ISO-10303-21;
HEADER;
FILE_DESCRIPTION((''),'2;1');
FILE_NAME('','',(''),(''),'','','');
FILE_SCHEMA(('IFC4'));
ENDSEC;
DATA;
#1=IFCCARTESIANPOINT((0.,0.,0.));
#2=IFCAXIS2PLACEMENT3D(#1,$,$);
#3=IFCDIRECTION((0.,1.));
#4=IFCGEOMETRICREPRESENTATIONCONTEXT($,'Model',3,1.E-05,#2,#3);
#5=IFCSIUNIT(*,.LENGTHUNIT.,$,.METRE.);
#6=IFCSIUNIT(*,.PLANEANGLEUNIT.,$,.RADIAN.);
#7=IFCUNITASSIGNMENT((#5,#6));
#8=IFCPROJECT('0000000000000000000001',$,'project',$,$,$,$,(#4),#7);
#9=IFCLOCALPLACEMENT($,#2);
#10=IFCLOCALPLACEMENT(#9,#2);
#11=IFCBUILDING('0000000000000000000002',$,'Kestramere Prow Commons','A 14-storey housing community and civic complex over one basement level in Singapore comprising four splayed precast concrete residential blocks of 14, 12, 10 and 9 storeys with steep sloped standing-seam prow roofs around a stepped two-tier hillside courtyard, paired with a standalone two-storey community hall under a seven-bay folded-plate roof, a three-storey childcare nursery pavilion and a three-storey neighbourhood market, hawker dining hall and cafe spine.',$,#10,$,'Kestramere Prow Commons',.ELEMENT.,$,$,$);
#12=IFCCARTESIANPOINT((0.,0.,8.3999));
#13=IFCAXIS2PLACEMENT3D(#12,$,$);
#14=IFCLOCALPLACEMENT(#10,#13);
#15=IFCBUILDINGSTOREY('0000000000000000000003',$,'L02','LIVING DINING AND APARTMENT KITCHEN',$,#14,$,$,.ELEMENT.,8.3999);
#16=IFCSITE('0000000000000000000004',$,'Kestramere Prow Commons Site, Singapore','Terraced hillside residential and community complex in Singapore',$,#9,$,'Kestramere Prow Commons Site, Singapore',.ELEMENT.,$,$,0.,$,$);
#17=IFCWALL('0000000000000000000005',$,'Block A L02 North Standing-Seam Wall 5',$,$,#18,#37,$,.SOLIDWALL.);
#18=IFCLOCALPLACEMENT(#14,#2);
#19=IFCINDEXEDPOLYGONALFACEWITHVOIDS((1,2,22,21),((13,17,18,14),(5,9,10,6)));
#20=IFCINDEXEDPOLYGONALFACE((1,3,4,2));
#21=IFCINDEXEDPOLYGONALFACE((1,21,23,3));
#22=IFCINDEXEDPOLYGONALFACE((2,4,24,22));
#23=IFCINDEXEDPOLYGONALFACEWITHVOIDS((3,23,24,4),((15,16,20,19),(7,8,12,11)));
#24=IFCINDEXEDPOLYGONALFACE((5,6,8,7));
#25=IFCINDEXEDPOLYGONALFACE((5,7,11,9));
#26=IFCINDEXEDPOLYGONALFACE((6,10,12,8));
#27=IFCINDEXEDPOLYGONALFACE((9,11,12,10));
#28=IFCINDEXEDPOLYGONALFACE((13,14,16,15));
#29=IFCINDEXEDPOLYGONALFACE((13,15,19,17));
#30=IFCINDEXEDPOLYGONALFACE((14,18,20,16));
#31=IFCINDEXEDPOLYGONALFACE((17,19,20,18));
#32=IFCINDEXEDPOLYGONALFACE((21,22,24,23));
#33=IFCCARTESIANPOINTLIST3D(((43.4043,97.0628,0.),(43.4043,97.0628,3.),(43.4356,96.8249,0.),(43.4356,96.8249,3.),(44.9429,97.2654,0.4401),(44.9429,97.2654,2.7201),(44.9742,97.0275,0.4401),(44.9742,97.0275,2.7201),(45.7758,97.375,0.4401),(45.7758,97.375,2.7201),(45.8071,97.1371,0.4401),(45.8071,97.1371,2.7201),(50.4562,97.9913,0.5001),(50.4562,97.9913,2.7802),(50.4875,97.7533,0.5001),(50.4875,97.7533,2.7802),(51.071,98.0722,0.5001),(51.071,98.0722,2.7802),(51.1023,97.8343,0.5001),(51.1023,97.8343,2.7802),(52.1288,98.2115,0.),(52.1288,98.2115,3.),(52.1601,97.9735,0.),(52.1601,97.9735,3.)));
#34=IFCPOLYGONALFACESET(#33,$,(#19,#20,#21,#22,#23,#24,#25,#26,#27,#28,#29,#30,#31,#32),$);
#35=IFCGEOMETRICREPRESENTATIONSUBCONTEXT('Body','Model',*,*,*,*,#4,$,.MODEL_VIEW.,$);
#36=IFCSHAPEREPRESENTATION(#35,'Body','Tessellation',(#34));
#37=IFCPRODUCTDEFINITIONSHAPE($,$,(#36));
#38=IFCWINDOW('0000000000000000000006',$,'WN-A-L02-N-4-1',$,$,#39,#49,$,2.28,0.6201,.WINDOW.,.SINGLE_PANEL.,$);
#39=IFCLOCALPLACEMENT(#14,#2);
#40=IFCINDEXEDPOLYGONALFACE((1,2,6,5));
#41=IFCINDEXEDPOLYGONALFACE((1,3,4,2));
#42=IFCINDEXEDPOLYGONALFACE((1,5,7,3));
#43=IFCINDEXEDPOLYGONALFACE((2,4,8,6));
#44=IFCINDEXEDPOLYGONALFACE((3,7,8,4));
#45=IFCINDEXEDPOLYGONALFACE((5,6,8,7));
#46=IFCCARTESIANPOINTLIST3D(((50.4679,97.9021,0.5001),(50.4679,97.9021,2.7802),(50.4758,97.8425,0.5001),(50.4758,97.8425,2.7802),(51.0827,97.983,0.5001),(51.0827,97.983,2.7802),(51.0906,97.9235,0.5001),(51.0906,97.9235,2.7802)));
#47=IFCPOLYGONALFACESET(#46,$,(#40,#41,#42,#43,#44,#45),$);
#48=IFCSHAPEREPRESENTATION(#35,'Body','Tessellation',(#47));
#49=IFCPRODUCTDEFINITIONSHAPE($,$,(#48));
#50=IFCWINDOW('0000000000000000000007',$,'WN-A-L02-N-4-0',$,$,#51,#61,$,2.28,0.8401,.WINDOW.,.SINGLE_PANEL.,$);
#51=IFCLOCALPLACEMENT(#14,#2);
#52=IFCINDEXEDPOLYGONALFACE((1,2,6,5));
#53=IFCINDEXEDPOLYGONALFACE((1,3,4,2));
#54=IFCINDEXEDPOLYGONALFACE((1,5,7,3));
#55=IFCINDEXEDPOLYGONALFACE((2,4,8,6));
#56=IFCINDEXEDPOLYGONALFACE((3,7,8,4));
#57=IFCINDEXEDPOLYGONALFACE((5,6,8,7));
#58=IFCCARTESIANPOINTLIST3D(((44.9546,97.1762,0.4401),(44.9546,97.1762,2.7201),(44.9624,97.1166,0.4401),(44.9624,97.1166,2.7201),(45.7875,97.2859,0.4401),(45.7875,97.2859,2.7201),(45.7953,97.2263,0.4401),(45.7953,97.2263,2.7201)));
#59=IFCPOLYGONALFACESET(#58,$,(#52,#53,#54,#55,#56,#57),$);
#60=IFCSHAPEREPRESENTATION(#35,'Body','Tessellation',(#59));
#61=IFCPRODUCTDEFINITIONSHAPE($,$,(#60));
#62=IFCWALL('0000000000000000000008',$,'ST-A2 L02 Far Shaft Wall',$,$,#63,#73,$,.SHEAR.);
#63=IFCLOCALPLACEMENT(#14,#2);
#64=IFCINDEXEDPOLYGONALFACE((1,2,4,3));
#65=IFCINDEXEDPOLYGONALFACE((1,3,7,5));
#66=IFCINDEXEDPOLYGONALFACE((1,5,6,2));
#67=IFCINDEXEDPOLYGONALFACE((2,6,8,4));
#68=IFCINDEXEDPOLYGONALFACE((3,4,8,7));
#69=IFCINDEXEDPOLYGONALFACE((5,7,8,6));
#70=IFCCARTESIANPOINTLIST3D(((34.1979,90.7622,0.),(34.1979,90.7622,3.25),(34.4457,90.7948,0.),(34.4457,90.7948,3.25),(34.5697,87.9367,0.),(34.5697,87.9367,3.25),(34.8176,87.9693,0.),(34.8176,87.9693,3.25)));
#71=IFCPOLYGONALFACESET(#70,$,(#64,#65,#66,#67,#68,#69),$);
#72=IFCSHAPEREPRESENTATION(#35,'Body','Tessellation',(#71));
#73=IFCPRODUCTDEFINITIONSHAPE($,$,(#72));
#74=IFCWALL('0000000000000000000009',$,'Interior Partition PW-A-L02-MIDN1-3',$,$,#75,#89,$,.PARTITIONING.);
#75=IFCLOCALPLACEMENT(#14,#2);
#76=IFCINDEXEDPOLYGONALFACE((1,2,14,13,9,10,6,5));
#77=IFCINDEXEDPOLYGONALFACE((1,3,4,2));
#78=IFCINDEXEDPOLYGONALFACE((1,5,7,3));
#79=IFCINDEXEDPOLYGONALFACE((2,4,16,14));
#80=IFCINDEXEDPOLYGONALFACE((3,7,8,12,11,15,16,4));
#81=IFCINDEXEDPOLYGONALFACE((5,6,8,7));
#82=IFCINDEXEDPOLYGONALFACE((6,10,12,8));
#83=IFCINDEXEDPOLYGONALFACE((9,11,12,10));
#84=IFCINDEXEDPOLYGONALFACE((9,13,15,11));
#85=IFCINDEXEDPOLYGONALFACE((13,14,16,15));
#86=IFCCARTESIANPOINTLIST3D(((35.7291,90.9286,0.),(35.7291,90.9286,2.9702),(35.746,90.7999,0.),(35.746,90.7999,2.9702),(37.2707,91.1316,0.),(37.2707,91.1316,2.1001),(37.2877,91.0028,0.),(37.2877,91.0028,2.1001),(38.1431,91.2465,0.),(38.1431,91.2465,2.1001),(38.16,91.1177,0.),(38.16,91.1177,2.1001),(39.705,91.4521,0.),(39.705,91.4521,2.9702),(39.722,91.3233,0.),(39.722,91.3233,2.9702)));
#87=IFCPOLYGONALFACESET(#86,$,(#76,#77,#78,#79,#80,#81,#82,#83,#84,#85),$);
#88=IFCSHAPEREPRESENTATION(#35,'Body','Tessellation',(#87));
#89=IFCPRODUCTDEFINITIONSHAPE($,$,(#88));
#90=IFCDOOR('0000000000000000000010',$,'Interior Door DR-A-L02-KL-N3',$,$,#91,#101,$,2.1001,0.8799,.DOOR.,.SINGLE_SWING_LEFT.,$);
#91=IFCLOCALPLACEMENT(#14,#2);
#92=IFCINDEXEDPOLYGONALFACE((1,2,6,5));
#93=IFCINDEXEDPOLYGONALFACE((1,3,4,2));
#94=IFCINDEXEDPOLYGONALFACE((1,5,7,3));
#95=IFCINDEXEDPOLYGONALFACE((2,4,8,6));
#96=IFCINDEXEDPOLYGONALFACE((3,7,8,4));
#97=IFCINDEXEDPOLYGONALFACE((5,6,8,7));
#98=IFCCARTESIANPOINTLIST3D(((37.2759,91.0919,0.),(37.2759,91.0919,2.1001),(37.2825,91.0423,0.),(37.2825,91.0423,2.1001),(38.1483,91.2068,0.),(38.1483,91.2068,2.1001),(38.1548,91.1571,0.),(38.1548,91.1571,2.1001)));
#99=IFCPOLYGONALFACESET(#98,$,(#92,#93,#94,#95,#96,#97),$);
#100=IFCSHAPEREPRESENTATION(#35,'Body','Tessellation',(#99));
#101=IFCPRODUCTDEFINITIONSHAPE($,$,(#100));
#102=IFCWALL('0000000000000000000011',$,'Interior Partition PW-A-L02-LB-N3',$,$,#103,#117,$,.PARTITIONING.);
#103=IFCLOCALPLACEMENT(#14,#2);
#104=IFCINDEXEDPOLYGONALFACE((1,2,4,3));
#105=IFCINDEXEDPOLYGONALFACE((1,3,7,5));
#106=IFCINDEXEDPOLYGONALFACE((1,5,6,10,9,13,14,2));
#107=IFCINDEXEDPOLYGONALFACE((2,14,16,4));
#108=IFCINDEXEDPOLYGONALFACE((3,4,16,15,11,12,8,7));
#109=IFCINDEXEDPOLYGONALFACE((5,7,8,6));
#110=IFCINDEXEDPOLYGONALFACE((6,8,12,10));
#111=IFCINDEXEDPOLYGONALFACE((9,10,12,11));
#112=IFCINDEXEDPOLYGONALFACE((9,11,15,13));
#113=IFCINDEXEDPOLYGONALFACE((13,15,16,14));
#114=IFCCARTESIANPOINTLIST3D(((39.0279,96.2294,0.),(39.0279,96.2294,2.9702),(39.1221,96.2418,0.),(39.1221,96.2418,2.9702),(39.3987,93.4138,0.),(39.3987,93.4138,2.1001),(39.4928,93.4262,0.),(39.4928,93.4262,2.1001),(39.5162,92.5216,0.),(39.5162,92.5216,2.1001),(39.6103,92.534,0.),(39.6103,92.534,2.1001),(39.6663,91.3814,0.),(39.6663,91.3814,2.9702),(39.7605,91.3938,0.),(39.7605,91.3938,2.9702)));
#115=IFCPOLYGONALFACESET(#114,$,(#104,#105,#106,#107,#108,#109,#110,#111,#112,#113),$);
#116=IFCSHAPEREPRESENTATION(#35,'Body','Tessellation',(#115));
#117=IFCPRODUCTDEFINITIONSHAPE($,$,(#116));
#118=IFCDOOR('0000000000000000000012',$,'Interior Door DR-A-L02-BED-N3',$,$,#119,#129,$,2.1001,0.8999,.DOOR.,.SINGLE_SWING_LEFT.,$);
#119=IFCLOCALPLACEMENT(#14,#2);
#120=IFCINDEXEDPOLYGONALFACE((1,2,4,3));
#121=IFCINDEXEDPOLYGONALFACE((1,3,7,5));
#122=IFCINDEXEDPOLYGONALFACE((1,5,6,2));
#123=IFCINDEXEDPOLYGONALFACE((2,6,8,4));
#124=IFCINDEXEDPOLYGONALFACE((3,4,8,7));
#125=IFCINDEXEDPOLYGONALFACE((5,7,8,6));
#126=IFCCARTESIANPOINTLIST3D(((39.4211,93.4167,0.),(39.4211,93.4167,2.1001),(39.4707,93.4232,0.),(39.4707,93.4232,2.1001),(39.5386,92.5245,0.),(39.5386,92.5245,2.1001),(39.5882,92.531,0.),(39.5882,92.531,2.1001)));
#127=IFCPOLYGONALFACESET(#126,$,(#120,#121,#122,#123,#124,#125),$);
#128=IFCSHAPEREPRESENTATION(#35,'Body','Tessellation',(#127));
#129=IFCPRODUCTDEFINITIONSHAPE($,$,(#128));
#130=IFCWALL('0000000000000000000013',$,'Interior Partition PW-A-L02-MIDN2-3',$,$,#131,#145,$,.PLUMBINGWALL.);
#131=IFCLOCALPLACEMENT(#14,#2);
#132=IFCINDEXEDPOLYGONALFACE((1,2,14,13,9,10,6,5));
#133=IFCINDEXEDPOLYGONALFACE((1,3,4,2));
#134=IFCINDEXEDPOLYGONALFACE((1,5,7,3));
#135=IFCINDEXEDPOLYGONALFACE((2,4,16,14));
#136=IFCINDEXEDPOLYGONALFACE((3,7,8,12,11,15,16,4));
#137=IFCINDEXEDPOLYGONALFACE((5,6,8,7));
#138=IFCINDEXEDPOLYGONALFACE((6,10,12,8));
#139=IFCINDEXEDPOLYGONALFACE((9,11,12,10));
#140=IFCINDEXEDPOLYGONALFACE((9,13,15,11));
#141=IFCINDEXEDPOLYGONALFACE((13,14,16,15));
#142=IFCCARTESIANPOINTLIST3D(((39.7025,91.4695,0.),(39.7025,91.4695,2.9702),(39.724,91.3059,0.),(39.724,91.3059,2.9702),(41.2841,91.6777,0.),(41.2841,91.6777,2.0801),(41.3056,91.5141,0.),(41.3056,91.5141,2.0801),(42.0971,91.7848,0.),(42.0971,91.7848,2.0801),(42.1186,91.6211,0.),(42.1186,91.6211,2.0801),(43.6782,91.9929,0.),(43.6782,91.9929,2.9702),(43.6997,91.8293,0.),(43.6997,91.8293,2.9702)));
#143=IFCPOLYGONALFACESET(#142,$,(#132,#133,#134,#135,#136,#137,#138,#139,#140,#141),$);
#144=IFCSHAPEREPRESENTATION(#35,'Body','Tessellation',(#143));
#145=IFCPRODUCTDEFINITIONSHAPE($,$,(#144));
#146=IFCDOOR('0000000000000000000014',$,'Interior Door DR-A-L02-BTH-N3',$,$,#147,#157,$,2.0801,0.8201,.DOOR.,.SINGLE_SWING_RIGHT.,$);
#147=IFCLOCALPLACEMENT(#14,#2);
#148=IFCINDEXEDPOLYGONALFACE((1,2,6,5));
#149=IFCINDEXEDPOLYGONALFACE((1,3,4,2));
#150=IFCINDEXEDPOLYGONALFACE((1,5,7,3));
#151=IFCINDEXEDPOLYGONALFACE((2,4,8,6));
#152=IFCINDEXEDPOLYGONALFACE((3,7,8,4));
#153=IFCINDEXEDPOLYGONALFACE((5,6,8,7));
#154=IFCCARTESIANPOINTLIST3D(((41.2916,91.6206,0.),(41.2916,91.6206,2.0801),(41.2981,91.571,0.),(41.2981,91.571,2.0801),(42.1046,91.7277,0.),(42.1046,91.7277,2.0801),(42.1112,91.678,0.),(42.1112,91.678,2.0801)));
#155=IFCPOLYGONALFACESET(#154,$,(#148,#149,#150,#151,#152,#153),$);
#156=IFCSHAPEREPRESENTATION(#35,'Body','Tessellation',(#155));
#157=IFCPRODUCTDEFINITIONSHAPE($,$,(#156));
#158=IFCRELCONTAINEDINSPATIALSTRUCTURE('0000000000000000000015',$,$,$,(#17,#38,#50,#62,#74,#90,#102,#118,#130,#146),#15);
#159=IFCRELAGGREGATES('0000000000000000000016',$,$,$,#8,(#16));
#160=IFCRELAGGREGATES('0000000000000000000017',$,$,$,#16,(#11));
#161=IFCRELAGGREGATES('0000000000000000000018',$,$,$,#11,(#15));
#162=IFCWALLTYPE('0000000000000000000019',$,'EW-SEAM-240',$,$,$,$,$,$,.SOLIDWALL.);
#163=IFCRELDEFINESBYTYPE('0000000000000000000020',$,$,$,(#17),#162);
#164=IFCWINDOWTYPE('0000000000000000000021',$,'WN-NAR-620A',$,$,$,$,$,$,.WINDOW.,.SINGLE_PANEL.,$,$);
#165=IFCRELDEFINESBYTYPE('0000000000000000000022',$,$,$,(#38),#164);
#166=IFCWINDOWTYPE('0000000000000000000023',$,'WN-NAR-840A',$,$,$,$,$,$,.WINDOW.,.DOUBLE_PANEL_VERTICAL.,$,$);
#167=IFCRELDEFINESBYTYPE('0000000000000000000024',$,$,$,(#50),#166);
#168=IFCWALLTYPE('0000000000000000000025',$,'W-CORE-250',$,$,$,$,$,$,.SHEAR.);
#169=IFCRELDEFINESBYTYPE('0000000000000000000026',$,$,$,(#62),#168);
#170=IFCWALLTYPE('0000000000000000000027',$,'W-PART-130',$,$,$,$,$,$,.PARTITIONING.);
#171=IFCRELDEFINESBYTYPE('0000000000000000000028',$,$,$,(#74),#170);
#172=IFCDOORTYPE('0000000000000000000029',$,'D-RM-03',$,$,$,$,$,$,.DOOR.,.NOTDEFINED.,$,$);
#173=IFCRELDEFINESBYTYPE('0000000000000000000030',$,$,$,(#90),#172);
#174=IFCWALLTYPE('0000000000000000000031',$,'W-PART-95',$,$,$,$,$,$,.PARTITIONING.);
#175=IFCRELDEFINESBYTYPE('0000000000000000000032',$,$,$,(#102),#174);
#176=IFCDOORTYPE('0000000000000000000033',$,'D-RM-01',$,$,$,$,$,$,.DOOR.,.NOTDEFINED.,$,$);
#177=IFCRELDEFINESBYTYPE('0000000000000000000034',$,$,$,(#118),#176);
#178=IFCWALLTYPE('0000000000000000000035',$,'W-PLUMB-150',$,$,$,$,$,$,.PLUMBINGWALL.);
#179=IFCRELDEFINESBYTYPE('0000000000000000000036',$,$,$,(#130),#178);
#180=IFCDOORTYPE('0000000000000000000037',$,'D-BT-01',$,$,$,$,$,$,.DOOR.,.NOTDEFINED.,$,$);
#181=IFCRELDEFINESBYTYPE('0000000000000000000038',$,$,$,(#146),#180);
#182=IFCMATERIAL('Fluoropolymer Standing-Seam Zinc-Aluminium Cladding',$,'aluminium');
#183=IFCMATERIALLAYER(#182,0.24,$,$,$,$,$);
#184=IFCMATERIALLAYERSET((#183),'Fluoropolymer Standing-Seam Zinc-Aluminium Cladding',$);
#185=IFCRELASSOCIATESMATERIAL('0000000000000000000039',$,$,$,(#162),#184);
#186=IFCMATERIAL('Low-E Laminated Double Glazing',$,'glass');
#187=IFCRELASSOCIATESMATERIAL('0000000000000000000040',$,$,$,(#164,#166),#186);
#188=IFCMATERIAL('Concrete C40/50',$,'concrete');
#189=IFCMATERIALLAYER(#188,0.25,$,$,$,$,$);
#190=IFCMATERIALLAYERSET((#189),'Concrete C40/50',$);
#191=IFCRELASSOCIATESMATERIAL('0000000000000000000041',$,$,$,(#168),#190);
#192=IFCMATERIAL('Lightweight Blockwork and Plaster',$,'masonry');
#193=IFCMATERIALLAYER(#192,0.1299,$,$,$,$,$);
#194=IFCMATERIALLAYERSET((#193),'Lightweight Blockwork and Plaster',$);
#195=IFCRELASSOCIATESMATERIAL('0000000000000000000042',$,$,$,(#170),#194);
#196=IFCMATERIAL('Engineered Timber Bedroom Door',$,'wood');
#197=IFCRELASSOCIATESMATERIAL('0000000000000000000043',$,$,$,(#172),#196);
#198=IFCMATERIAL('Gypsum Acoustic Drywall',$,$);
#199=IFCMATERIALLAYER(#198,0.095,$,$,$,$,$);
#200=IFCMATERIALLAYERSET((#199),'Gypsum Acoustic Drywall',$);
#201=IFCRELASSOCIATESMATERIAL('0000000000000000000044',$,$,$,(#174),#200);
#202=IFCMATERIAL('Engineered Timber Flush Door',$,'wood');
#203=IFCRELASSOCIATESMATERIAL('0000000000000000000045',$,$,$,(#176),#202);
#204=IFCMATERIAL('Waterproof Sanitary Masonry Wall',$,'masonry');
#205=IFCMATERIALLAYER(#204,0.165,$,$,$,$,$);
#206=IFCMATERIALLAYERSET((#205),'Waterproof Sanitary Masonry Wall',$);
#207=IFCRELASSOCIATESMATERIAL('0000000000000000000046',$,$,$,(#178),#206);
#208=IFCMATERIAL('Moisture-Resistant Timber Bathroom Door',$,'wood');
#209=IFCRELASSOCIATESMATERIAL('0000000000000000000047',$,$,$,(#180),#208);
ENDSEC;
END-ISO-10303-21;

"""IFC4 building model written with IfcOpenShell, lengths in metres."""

from ifc_helpers import new_model, si_unit, direction, frame, frame_2d, origin, place, context, subcontext, project, spatial, rectangle, extrude, material, layer, layer_set, type_object, element, fill, save


model = new_model("IFC4")

# Units and contexts
model_context = context("Model", 3, precision=1e-05, world=origin(), true_north=direction((0.0, 1.0)))
body_context = subcontext(model_context, "Body", "Model", "MODEL_VIEW")
ifc_project = project(units=[si_unit("LENGTHUNIT", "METRE"), si_unit("PLANEANGLEUNIT", "RADIAN")], contexts=[model_context])

# Site, building, storey
site_placement = place(None, origin())
site = spatial("IfcSite", under=ifc_project, at=site_placement, Name="Kestramere Prow Commons Site, Singapore", Description="Terraced hillside residential and community complex in Singapore", LongName="Kestramere Prow Commons Site, Singapore", CompositionType="ELEMENT", RefElevation=0.0)
building_placement = place(site_placement, origin())
building = spatial("IfcBuilding", under=site, at=building_placement, Name="Kestramere Prow Commons", Description="A 14-storey housing community and civic complex over one basement level in Singapore comprising four splayed precast concrete residential blocks of 14, 12, 10 and 9 storeys with steep sloped standing-seam prow roofs around a stepped two-tier hillside courtyard, paired with a standalone two-storey community hall under a seven-bay folded-plate roof, a three-storey childcare nursery pavilion and a three-storey neighbourhood market, hawker dining hall and cafe spine.", LongName="Kestramere Prow Commons", CompositionType="ELEMENT")
storey_placement = place(building_placement, frame((0.0, 0.0, 8.3999)))
storey = spatial("IfcBuildingStorey", under=building, at=storey_placement, Name="L02", Description="LIVING DINING AND APARTMENT KITCHEN", CompositionType="ELEMENT", Elevation=8.3999)

# Shared definitions
ifc_material_1 = material(Name="Concrete C40/50", Category="concrete")

# Wall, openings, windows
ifc_material_2 = material(Name="Fluoropolymer Standing-Seam Zinc-Aluminium Cladding", Category="aluminium")
ifc_layer_1 = layer(ifc_material_2, 0.24)
ifc_layer_set_1 = layer_set([ifc_layer_1], Name="Fluoropolymer Standing-Seam Zinc-Aluminium Cladding")
wall_type_1 = type_object("IfcWallType", Name="EW-SEAM-240", PredefinedType="SOLIDWALL", material=ifc_layer_set_1)
ifc_material_3 = material(Name="Low-E Laminated Double Glazing", Category="glass")
wall_1_placement = place(storey_placement, frame((43.4199, 96.9438, 0.0), z_axis=(0.0, 0.0, 1.0), x_axis=(0.991444, 0.130533, 0.0)))
wall_1 = element("IfcWall", 1, at=wall_1_placement, inside=storey, type_object=wall_type_1, Name="Block A L02 North Standing-Seam Wall 5", PredefinedType="SOLIDWALL", context=body_context, shape_type="SweptSolid", body=[
    extrude(rectangle(XDim=8.7998, YDim=0.24, at=frame_2d((4.3999, 0.0))), origin(), (0.0, 0.0, 1.0), 3.0),
])
opening_1_placement = place(wall_1_placement, frame((1.552, 0.0, 0.4399)))
opening_1 = element("IfcOpeningElement", 2, at=opening_1_placement, cuts=wall_1, PredefinedType="OPENING", context=body_context, shape_type="SweptSolid", body=[
    extrude(rectangle(XDim=0.8401, YDim=2.28, at=frame_2d((0.4199, 1.1401))), frame((0.0, 0.135, 0.0), z_axis=(0.0, -1.0, 0.0), x_axis=(1.0, 0.0, 0.0)), (0.0, 0.0, 1.0), 0.27),
])
opening_2_placement = place(wall_1_placement, frame((7.1128, 0.0, 0.5)))
opening_2 = element("IfcOpeningElement", 3, at=opening_2_placement, cuts=wall_1, PredefinedType="OPENING", context=body_context, shape_type="SweptSolid", body=[
    extrude(rectangle(XDim=0.6201, YDim=2.28, at=frame_2d((0.3101, 1.1401))), frame((0.0, 0.135, 0.0), z_axis=(0.0, -1.0, 0.0), x_axis=(1.0, 0.0, 0.0)), (0.0, 0.0, 1.0), 0.27),
])
window_type_1 = type_object("IfcWindowType", Name="WN-NAR-620A", PartitioningType="SINGLE_PANEL", PredefinedType="WINDOW", material=ifc_material_3)
window_1_placement = place(opening_2_placement, origin())
window_1 = element("IfcWindow", 4, at=window_1_placement, inside=storey, type_object=window_type_1, Name="WN-A-L02-N-4-1", OverallHeight=2.28, OverallWidth=0.6201, PartitioningType="SINGLE_PANEL", PredefinedType="WINDOW", context=body_context, shape_type="SweptSolid", body=[
    extrude(rectangle(XDim=0.6201, YDim=2.28, at=frame_2d((0.3101, 1.1401))), frame((0.0, 0.03, 0.0), z_axis=(0.0, -1.0, 0.0), x_axis=(1.0, 0.0, 0.0)), (0.0, 0.0, 1.0), 0.0601),
])
fill(opening_2, window_1)
window_type_2 = type_object("IfcWindowType", Name="WN-NAR-840A", PartitioningType="DOUBLE_PANEL_VERTICAL", PredefinedType="WINDOW", material=ifc_material_3)
window_2_placement = place(opening_1_placement, origin())
window_2 = element("IfcWindow", 5, at=window_2_placement, inside=storey, type_object=window_type_2, Name="WN-A-L02-N-4-0", OverallHeight=2.28, OverallWidth=0.8401, PartitioningType="SINGLE_PANEL", PredefinedType="WINDOW", context=body_context, shape_type="SweptSolid", body=[
    extrude(rectangle(XDim=0.8401, YDim=2.28, at=frame_2d((0.4199, 1.1401))), frame((0.0, 0.03, 0.0), z_axis=(0.0, -1.0, 0.0), x_axis=(1.0, 0.0, 0.0)), (0.0, 0.0, 1.0), 0.0601),
])
fill(opening_1, window_2)

# Wall
ifc_layer_2 = layer(ifc_material_1, 0.25)
ifc_layer_set_2 = layer_set([ifc_layer_2], Name="Concrete C40/50")
wall_type_2 = type_object("IfcWallType", Name="W-CORE-250", PredefinedType="SHEAR", material=ifc_layer_set_2)
wall_2_placement = place(storey_placement, frame((34.6936, 87.9531, 0.0), z_axis=(0.0, 0.0, 1.0), x_axis=(-0.130474, 0.991452, 0.0)))
element("IfcWall", 6, at=wall_2_placement, inside=storey, type_object=wall_type_2, Name="ST-A2 L02 Far Shaft Wall", PredefinedType="SHEAR", context=body_context, shape_type="SweptSolid", body=[
    extrude(rectangle(XDim=2.8499, YDim=0.25, at=frame_2d((1.4248, 0.0))), origin(), (0.0, 0.0, 1.0), 3.25),
])

# Walls, openings, doors
ifc_material_4 = material(Name="Lightweight Blockwork and Plaster", Category="masonry")
ifc_layer_3 = layer(ifc_material_4, 0.1299)
ifc_layer_set_3 = layer_set([ifc_layer_3], Name="Lightweight Blockwork and Plaster")
wall_type_3 = type_object("IfcWallType", Name="W-PART-130", PredefinedType="PARTITIONING", material=ifc_layer_set_3)
wall_3_placement = place(storey_placement, frame((35.7375, 90.8643, 0.0), z_axis=(0.0, 0.0, 1.0), x_axis=(0.991445, 0.130529, 0.0)))
wall_3 = element("IfcWall", 7, at=wall_3_placement, inside=storey, type_object=wall_type_3, Name="Interior Partition PW-A-L02-MIDN1-3", PredefinedType="PARTITIONING", context=body_context, shape_type="SweptSolid", body=[
    extrude(rectangle(XDim=4.0103, YDim=0.1299, at=frame_2d((2.0051, 0.0))), origin(), (0.0, 0.0, 1.0), 2.9702),
])
opening_3_placement = place(wall_3_placement, frame((1.5549, 0.0, 0.0)))
opening_3 = element("IfcOpeningElement", 8, at=opening_3_placement, cuts=wall_3, PredefinedType="OPENING", context=body_context, shape_type="SweptSolid", body=[
    extrude(rectangle(XDim=0.8799, YDim=2.1001, at=frame_2d((0.4399, 1.05))), frame((0.0, 0.0798, 0.0), z_axis=(0.0, -1.0, 0.0), x_axis=(1.0, 0.0, 0.0)), (0.0, 0.0, 1.0), 0.1599),
])
ifc_material_5 = material(Name="Engineered Timber Bedroom Door", Category="wood")
door_type_1 = type_object("IfcDoorType", Name="D-RM-03", OperationType="NOTDEFINED", PredefinedType="DOOR", material=ifc_material_5)
door_1_placement = place(opening_3_placement, origin())
door_1 = element("IfcDoor", 9, at=door_1_placement, inside=storey, type_object=door_type_1, Name="Interior Door DR-A-L02-KL-N3", OperationType="SINGLE_SWING_LEFT", OverallHeight=2.1001, OverallWidth=0.8799, PredefinedType="DOOR", context=body_context, shape_type="SweptSolid", body=[
    extrude(rectangle(XDim=0.8799, YDim=2.1001, at=frame_2d((0.4399, 1.05))), frame((0.0, 0.0249, 0.0), z_axis=(0.0, -1.0, 0.0), x_axis=(1.0, 0.0, 0.0)), (0.0, 0.0, 1.0), 0.05),
])
fill(opening_3, door_1)
ifc_material_6 = material(Name="Gypsum Acoustic Drywall")
ifc_layer_4 = layer(ifc_material_6, 0.095)
ifc_layer_set_4 = layer_set([ifc_layer_4], Name="Gypsum Acoustic Drywall")
wall_type_4 = type_object("IfcWallType", Name="W-PART-95", PredefinedType="PARTITIONING", material=ifc_layer_set_4)
wall_4_placement = place(storey_placement, frame((39.7134, 91.3877, 0.0), z_axis=(0.0, 0.0, 1.0), x_axis=(-0.130558, 0.991441, 0.0)))
wall_4 = element("IfcWall", 10, at=wall_4_placement, inside=storey, type_object=wall_type_4, Name="Interior Partition PW-A-L02-LB-N3", PredefinedType="PARTITIONING", context=body_context, shape_type="SweptSolid", body=[
    extrude(rectangle(XDim=4.8899, YDim=0.095, at=frame_2d((2.4448, 0.0))), origin(), (0.0, 0.0, 1.0), 2.9702),
])
opening_4_placement = place(wall_4_placement, frame((1.1499, 0.0, 0.0)))
opening_4 = element("IfcOpeningElement", 11, at=opening_4_placement, cuts=wall_4, PredefinedType="OPENING", context=body_context, shape_type="SweptSolid", body=[
    extrude(rectangle(XDim=0.8999, YDim=2.1001, at=frame_2d((0.45, 1.05))), frame((0.0, 0.0625, 0.0), z_axis=(0.0, -1.0, 0.0), x_axis=(1.0, 0.0, 0.0)), (0.0, 0.0, 1.0), 0.125),
])
ifc_material_7 = material(Name="Engineered Timber Flush Door", Category="wood")
door_type_2 = type_object("IfcDoorType", Name="D-RM-01", OperationType="NOTDEFINED", PredefinedType="DOOR", material=ifc_material_7)
door_2_placement = place(opening_4_placement, origin())
door_2 = element("IfcDoor", 12, at=door_2_placement, inside=storey, type_object=door_type_2, Name="Interior Door DR-A-L02-BED-N3", OperationType="SINGLE_SWING_LEFT", OverallHeight=2.1001, OverallWidth=0.8999, PredefinedType="DOOR", context=body_context, shape_type="SweptSolid", body=[
    extrude(rectangle(XDim=0.8999, YDim=2.1001, at=frame_2d((0.45, 1.05))), frame((0.0, 0.0249, 0.0), z_axis=(0.0, -1.0, 0.0), x_axis=(1.0, 0.0, 0.0)), (0.0, 0.0, 1.0), 0.05),
])
fill(opening_4, door_2)
ifc_material_8 = material(Name="Waterproof Sanitary Masonry Wall", Category="masonry")
ifc_layer_5 = layer(ifc_material_8, 0.165)
ifc_layer_set_5 = layer_set([ifc_layer_5], Name="Waterproof Sanitary Masonry Wall")
wall_type_5 = type_object("IfcWallType", Name="W-PLUMB-150", PredefinedType="PLUMBINGWALL", material=ifc_layer_set_5)
wall_5_placement = place(storey_placement, frame((39.7134, 91.3877, 0.0), z_axis=(0.0, 0.0, 1.0), x_axis=(0.991444, 0.130536, 0.0)))
wall_5 = element("IfcWall", 13, at=wall_5_placement, inside=storey, type_object=wall_type_5, Name="Interior Partition PW-A-L02-MIDN2-3", PredefinedType="PLUMBINGWALL", context=body_context, shape_type="SweptSolid", body=[
    extrude(rectangle(XDim=4.01, YDim=0.165, at=frame_2d((2.0049, 0.0))), origin(), (0.0, 0.0, 1.0), 2.9702),
])
opening_5_placement = place(wall_5_placement, frame((1.595, 0.0, 0.0)))
opening_5 = element("IfcOpeningElement", 14, at=opening_5_placement, cuts=wall_5, PredefinedType="OPENING", context=body_context, shape_type="SweptSolid", body=[
    extrude(rectangle(XDim=0.8201, YDim=2.0801, at=frame_2d((0.4102, 1.04))), frame((0.0, 0.0974, 0.0), z_axis=(0.0, -1.0, 0.0), x_axis=(1.0, 0.0, 0.0)), (0.0, 0.0, 1.0), 0.1951),
])
ifc_material_9 = material(Name="Moisture-Resistant Timber Bathroom Door", Category="wood")
door_type_3 = type_object("IfcDoorType", Name="D-BT-01", OperationType="NOTDEFINED", PredefinedType="DOOR", material=ifc_material_9)
door_3_placement = place(opening_5_placement, origin())
door_3 = element("IfcDoor", 15, at=door_3_placement, inside=storey, type_object=door_type_3, Name="Interior Door DR-A-L02-BTH-N3", OperationType="SINGLE_SWING_RIGHT", OverallHeight=2.0801, OverallWidth=0.8201, PredefinedType="DOOR", context=body_context, shape_type="SweptSolid", body=[
    extrude(rectangle(XDim=0.8201, YDim=2.0801, at=frame_2d((0.4102, 1.04))), frame((0.0, 0.0249, 0.0), z_axis=(0.0, -1.0, 0.0), x_axis=(1.0, 0.0, 0.0)), (0.0, 0.0, 1.0), 0.05),
])
fill(opening_5, door_3)

save(model, "model.ifc")
